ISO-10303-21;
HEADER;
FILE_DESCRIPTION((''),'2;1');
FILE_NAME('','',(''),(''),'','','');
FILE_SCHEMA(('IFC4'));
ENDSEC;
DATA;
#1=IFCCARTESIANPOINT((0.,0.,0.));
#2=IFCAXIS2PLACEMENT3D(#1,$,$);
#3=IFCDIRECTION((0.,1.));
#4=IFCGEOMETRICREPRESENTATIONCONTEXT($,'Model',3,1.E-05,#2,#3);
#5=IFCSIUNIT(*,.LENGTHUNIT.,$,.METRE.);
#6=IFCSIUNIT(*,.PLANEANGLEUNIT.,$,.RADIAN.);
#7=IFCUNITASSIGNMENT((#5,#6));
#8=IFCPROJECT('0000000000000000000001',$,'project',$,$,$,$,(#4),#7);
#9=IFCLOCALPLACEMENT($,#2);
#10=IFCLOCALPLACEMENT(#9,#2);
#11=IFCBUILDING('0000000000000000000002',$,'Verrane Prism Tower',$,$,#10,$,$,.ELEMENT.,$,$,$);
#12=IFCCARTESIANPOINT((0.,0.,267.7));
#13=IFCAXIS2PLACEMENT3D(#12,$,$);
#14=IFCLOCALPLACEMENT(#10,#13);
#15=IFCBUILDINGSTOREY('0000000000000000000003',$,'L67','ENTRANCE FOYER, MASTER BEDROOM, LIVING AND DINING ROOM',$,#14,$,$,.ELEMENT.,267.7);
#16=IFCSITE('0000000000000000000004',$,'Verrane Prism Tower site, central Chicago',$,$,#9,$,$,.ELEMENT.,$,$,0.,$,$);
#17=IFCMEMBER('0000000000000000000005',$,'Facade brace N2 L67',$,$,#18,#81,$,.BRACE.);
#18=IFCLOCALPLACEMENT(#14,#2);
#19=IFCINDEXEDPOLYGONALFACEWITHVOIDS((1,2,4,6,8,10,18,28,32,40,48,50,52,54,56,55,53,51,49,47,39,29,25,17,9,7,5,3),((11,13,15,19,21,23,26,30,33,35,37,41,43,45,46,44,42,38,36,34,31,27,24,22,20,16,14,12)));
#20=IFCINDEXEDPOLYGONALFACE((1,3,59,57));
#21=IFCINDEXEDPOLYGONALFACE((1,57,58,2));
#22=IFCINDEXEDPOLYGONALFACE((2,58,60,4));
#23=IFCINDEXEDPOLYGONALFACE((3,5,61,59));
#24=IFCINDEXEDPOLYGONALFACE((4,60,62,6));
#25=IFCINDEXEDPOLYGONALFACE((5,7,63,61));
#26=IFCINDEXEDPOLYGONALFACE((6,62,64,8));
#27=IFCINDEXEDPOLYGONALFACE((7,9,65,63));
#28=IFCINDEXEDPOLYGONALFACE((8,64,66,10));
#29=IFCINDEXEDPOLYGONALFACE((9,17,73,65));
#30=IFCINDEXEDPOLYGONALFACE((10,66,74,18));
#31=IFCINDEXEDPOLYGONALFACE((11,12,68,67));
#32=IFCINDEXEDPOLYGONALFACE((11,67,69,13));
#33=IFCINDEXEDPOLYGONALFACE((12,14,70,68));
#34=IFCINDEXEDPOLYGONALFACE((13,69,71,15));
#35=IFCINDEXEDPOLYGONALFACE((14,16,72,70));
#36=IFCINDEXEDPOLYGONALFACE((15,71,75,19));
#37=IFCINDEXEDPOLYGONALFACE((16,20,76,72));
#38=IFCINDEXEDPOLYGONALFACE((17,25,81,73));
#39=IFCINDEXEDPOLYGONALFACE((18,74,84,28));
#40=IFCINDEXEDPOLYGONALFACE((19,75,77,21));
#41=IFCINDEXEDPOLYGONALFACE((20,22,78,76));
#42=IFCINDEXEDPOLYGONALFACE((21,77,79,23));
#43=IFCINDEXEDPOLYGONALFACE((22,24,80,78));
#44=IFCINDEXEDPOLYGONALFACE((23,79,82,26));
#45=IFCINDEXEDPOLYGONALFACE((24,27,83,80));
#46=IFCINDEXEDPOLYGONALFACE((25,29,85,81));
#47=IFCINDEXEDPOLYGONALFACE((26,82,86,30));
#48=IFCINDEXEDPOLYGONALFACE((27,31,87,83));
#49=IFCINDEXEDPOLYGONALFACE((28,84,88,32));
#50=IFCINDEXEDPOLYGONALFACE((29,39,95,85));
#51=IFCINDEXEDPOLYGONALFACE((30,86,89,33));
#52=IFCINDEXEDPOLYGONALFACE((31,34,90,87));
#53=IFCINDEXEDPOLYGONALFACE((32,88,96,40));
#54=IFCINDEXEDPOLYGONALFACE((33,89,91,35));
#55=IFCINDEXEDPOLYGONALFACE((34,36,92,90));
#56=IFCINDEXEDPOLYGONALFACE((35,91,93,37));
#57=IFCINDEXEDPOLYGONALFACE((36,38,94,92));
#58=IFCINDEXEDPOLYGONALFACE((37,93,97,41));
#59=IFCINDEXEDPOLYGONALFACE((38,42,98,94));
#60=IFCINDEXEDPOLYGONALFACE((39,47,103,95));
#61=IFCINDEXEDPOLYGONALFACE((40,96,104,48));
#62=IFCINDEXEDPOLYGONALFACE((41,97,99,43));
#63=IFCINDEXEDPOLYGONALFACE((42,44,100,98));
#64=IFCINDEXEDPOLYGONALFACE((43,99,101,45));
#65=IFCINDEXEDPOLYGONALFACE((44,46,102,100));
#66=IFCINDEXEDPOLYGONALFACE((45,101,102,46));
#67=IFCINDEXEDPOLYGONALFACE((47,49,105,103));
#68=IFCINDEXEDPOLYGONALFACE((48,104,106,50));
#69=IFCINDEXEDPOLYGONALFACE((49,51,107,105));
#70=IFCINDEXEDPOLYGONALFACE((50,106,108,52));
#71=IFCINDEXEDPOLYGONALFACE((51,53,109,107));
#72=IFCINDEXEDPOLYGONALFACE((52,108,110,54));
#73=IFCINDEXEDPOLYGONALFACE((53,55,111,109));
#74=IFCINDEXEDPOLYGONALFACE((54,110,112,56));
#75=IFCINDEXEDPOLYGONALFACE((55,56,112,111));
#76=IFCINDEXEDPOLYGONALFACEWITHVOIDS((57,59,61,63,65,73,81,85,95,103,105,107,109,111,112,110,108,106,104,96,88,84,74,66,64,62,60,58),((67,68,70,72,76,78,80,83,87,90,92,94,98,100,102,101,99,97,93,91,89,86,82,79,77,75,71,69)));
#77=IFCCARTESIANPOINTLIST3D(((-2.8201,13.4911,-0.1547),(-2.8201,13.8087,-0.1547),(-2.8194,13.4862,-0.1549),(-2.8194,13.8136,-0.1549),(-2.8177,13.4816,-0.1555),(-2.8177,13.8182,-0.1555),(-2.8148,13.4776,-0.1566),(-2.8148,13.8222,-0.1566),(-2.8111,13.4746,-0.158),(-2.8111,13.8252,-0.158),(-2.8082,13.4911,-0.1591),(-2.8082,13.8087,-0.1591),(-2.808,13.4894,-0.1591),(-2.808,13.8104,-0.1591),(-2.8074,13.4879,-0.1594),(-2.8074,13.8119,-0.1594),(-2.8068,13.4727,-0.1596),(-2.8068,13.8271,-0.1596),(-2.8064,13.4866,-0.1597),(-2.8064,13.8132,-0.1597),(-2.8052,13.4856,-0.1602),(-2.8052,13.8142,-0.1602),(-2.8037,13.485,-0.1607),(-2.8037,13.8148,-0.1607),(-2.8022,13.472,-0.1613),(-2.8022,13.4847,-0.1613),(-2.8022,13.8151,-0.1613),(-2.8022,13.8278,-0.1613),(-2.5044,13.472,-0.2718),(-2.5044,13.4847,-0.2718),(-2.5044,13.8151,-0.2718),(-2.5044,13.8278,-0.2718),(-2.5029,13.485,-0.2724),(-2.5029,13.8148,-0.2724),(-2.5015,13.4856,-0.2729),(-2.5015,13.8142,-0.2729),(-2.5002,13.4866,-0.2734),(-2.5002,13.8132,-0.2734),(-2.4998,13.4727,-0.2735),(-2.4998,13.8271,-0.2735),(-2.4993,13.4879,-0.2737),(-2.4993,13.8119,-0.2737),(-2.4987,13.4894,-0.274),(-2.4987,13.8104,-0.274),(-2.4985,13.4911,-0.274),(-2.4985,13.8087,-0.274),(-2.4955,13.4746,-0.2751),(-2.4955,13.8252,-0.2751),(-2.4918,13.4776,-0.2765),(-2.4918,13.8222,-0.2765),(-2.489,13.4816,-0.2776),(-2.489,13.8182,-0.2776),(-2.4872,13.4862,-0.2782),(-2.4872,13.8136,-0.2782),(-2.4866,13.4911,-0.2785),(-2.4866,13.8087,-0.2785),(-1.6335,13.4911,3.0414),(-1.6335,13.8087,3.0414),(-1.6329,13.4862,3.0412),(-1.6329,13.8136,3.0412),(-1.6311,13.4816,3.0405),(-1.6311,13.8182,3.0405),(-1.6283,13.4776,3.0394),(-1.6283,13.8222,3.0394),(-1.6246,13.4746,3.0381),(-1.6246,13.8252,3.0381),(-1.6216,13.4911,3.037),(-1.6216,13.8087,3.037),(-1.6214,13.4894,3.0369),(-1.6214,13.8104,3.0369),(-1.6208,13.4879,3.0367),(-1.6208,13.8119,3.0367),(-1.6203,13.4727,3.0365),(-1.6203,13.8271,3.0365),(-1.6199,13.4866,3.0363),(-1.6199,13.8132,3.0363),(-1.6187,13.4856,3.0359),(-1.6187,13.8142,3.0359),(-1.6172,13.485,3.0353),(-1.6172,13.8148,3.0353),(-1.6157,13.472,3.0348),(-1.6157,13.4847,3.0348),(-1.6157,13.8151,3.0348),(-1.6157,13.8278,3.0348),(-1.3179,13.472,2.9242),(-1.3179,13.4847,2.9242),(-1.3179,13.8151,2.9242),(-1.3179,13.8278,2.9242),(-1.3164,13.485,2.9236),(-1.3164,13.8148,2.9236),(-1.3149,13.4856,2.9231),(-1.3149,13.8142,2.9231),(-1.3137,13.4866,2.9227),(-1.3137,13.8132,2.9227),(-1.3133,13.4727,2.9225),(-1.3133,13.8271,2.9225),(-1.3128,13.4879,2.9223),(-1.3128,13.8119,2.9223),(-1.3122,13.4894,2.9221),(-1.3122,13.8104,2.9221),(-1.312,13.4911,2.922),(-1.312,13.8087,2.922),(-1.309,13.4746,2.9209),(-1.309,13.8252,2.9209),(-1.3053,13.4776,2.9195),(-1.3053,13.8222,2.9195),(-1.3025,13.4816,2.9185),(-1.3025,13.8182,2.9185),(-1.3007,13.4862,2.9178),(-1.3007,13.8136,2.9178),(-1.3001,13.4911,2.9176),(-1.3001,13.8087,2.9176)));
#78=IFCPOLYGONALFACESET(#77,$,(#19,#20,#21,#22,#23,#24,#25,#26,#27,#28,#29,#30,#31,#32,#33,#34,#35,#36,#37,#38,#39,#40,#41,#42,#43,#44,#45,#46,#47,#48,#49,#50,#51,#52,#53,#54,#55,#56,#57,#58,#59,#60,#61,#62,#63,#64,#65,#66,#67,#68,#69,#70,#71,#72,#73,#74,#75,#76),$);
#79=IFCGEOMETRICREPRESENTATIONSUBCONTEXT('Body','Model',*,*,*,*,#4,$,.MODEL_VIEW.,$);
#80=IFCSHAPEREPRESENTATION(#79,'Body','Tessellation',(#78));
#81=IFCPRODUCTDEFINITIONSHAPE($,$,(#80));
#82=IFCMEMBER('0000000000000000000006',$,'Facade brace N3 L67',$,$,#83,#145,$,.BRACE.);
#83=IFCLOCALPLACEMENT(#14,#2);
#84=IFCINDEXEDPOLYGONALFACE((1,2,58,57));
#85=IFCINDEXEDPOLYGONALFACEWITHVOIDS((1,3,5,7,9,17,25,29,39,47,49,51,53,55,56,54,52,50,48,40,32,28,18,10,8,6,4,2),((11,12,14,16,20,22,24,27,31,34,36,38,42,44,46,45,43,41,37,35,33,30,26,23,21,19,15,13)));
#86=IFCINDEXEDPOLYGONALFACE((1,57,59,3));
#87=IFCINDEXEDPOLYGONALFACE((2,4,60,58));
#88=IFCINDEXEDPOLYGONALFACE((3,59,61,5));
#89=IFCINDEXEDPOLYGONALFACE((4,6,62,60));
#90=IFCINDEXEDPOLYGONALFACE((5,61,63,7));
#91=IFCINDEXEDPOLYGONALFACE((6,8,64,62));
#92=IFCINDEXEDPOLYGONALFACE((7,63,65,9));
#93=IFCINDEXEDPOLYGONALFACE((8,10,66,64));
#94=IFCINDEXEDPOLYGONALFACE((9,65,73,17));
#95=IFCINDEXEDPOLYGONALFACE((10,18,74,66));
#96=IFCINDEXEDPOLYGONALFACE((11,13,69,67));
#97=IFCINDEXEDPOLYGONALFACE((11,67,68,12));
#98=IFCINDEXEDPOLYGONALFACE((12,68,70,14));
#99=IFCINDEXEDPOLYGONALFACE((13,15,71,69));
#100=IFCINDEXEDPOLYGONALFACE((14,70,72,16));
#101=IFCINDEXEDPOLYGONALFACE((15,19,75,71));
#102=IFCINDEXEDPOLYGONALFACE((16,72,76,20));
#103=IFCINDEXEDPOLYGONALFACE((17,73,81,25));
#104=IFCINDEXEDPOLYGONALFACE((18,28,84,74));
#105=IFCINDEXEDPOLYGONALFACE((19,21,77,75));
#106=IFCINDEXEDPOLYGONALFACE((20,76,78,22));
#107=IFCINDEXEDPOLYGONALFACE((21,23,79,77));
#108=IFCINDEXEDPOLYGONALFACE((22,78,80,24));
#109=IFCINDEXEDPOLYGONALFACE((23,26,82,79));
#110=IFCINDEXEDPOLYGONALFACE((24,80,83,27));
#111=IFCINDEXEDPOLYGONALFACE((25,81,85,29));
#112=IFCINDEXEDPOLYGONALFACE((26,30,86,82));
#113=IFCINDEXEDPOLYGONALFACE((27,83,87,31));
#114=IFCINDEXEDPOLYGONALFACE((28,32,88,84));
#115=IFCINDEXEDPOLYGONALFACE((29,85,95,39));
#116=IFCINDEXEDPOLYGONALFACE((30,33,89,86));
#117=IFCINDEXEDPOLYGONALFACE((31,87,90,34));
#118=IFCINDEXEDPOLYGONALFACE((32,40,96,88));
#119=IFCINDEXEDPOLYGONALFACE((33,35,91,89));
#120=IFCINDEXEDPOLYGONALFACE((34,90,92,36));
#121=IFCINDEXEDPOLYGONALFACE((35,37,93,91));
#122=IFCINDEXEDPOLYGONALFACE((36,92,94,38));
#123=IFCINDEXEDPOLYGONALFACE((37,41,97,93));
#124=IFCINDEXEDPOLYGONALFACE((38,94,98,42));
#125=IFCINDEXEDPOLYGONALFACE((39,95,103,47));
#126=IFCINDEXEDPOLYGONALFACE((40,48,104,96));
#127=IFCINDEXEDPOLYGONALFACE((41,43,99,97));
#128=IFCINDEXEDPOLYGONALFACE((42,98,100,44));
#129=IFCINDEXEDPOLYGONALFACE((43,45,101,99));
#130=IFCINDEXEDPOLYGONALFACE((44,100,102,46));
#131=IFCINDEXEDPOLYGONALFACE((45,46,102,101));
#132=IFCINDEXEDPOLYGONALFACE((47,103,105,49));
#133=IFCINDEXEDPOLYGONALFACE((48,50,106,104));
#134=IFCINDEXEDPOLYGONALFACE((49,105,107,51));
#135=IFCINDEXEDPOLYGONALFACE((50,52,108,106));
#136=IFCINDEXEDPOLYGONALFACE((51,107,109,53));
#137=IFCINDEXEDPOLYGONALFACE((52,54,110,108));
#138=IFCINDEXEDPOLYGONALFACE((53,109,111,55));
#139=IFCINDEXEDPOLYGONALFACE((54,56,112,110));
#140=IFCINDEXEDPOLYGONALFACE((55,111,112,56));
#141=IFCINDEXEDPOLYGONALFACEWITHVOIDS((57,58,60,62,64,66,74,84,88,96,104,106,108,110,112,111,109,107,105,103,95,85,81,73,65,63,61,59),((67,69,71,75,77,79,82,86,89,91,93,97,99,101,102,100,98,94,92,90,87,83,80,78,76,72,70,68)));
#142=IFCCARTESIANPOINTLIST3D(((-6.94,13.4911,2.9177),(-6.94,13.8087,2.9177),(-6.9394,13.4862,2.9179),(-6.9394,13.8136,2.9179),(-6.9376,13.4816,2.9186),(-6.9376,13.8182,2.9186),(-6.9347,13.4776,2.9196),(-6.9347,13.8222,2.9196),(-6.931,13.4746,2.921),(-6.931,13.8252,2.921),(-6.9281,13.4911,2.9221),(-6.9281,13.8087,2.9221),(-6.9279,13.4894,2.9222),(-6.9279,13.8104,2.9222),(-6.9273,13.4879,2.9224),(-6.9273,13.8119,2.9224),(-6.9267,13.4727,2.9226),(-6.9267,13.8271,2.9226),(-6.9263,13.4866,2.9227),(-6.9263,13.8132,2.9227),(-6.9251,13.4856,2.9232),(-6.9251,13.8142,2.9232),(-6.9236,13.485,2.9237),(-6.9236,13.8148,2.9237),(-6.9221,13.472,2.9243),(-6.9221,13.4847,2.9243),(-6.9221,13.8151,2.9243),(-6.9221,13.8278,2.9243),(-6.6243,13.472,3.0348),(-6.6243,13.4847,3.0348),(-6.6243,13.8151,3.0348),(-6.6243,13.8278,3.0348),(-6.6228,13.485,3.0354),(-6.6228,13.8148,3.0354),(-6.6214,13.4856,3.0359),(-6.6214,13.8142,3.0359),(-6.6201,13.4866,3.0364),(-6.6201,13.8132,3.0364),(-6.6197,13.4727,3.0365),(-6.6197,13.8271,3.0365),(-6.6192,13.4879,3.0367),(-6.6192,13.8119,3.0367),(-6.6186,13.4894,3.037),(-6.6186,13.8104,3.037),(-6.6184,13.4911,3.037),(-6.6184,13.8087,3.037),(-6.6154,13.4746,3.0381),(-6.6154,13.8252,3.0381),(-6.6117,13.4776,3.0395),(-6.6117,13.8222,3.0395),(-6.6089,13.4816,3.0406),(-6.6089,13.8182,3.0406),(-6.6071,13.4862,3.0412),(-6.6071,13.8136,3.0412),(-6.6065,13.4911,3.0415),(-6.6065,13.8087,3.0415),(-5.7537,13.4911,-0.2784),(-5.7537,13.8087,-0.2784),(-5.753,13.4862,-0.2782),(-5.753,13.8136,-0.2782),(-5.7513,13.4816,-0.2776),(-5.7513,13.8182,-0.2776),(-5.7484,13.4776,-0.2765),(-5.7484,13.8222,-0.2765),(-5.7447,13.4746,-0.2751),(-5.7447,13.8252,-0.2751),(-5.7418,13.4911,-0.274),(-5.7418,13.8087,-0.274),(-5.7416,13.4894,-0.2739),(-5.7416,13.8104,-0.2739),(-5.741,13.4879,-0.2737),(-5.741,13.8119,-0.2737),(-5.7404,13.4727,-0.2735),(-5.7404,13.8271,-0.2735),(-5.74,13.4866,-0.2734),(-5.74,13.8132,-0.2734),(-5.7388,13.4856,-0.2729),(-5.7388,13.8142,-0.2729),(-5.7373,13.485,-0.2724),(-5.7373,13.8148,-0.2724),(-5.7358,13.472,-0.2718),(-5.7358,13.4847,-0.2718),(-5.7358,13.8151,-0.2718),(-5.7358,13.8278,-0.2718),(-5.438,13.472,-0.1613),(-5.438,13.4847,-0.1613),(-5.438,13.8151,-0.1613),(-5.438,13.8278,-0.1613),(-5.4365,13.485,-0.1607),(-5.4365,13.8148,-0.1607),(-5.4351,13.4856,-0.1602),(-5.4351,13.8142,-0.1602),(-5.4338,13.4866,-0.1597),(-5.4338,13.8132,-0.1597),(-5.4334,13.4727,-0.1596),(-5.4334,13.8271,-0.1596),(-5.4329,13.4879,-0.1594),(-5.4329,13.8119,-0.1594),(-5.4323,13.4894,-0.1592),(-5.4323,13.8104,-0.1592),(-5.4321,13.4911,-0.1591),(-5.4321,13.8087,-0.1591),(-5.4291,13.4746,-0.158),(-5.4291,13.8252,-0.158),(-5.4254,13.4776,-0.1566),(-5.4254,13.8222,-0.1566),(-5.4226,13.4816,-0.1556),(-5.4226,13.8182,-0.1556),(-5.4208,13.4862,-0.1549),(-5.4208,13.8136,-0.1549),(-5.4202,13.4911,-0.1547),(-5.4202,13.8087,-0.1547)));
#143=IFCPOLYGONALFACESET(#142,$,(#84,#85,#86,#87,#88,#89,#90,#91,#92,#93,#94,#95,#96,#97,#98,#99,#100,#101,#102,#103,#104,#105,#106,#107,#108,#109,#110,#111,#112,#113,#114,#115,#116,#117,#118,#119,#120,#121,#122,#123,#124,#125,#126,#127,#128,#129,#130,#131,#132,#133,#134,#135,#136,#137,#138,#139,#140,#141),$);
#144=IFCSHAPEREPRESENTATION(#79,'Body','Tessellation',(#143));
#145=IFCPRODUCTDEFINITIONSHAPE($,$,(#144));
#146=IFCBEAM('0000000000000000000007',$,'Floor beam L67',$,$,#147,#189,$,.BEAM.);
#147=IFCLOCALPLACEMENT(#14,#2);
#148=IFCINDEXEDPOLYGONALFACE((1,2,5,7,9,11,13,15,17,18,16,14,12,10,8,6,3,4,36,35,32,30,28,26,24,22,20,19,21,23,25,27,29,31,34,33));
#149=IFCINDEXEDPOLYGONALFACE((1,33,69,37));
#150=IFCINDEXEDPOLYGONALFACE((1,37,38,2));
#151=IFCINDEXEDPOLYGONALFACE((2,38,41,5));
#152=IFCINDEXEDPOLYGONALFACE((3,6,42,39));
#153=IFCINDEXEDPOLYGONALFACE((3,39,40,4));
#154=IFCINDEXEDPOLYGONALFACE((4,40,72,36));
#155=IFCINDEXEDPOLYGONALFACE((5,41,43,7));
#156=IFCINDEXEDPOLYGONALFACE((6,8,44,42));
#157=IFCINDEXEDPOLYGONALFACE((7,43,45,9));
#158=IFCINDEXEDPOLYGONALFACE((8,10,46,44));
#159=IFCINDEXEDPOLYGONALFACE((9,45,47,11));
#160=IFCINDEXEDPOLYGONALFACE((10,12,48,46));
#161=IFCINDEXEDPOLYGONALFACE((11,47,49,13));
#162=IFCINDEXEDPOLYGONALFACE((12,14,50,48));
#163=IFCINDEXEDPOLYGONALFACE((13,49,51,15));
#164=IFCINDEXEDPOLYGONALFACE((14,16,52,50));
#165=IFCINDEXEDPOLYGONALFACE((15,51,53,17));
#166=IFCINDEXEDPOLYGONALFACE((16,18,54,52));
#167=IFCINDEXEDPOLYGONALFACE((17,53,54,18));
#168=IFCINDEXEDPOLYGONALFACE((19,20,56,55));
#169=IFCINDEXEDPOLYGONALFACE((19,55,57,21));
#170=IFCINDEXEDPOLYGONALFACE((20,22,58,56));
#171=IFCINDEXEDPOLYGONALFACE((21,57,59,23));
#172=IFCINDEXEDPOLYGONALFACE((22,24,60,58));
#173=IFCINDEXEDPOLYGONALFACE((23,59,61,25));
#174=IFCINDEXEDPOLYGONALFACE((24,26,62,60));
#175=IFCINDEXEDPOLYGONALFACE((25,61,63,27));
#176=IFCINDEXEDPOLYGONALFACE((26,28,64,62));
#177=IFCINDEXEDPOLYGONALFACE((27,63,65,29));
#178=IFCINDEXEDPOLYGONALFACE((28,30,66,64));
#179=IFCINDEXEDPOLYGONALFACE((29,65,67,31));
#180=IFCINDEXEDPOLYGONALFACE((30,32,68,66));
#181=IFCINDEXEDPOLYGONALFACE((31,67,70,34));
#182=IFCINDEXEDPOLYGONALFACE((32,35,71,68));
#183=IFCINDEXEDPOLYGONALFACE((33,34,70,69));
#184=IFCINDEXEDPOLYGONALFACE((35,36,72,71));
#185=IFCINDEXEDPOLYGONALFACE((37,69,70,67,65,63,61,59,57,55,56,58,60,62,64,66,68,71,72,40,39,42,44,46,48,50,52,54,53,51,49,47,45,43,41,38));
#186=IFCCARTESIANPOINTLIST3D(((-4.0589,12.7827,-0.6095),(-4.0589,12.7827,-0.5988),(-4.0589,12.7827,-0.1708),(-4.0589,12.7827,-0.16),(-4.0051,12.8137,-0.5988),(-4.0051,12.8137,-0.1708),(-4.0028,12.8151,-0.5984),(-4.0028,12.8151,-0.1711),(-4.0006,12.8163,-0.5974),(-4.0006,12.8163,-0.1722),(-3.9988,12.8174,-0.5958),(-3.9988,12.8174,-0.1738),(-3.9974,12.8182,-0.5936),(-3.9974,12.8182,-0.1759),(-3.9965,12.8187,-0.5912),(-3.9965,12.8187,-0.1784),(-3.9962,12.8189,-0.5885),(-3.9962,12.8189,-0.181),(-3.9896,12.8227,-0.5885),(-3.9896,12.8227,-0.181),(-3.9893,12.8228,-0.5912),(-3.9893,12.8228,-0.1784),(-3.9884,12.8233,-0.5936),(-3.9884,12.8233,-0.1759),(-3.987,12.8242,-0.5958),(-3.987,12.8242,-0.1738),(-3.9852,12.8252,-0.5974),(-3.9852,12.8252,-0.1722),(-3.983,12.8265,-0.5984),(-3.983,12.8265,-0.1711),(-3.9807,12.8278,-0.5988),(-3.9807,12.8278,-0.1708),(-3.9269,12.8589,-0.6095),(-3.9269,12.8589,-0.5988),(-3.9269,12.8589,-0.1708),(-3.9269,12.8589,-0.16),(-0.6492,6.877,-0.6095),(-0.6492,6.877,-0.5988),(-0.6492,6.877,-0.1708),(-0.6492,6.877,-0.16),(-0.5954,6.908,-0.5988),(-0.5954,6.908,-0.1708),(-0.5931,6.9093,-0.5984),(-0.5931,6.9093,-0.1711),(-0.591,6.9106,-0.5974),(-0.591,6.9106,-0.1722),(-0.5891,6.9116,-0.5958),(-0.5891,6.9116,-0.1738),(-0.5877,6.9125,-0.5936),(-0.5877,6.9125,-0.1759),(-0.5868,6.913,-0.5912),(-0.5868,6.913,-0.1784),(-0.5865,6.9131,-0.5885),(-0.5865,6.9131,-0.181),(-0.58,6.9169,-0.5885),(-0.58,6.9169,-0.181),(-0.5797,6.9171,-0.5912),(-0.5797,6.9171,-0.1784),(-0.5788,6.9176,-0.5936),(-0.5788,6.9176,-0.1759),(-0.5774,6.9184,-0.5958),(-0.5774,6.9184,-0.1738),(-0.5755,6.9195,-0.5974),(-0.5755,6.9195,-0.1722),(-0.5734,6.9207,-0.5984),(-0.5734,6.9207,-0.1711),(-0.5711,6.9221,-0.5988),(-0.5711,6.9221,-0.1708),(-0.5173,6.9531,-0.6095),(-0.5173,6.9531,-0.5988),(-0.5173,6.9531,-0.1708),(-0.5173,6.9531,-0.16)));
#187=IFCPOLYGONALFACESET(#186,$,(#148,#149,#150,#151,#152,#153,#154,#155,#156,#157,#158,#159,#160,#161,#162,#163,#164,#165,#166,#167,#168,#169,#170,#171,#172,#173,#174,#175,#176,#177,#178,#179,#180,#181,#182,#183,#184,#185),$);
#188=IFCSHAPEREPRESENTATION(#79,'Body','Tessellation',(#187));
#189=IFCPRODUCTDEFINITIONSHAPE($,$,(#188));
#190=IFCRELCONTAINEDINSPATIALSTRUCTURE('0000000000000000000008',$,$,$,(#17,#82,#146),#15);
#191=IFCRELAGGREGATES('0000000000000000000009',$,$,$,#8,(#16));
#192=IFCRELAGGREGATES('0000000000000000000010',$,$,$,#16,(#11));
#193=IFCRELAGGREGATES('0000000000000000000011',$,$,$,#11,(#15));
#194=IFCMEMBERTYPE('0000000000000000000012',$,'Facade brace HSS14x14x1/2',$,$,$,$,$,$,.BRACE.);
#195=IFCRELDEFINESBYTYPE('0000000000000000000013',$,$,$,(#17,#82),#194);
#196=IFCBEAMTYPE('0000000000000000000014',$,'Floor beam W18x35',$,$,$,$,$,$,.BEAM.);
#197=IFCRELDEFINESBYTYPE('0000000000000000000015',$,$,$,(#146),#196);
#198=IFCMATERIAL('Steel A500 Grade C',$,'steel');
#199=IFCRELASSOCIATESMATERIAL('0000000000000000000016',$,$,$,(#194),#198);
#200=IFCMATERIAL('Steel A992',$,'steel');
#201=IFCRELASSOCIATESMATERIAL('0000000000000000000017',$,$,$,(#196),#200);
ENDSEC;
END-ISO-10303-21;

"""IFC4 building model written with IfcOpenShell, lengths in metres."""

from ifc_helpers import new_model, si_unit, direction, frame, origin, origin_2d, place, context, subcontext, project, spatial, hollow_rectangle, i_section, extrude, material, material_profile, profile_set, type_object, element, save


model = new_model("IFC4")

# Units and contexts
model_context = context("Model", 3, precision=1e-05, world=origin(), true_north=direction((0.0, 1.0)))
body_context = subcontext(model_context, "Body", "Model", "MODEL_VIEW")
ifc_project = project(units=[si_unit("LENGTHUNIT", "METRE"), si_unit("PLANEANGLEUNIT", "RADIAN")], contexts=[model_context])

# Site, building, storey
site_placement = place(None, origin())
site = spatial("IfcSite", under=ifc_project, at=site_placement, Name="Verrane Prism Tower site, central Chicago", CompositionType="ELEMENT", RefElevation=0.0)
building_placement = place(site_placement, origin())
building = spatial("IfcBuilding", under=site, at=building_placement, Name="Verrane Prism Tower", CompositionType="ELEMENT")
storey_placement = place(building_placement, frame((0.0, 0.0, 267.7)))
storey = spatial("IfcBuildingStorey", under=building, at=storey_placement, Name="L67", Description="ENTRANCE FOYER, MASTER BEDROOM, LIVING AND DINING ROOM", CompositionType="ELEMENT", Elevation=267.7)

# Members
ifc_material_1 = material(Name="Steel A500 Grade C", Category="steel")
ifc_material_profile_1 = material_profile(ifc_material_1, hollow_rectangle(XDim=0.3557, YDim=0.3557, WallThickness=0.0127, InnerFilletRadius=0.0063, OuterFilletRadius=0.019, at=origin_2d()), Name="HSS14x14x1/2")
ifc_profile_set_1 = profile_set([ifc_material_profile_1], Name="Steel A500 Grade C")
member_type_1 = type_object("IfcMemberType", Name="Facade brace HSS14x14x1/2", PredefinedType="BRACE", material=ifc_profile_set_1)
for number, where, z_axis, x_axis, name in (
    (1, (-2.6533, 13.6499, -0.2166), (0.348037, 0.0, 0.937481), (0.0, 1.0, 0.0), "Facade brace N2 L67"),
    (2, (-5.5869, 13.6499, -0.2166), (-0.347974, 0.0, 0.937504), (0.0, -1.0, 0.0), "Facade brace N3 L67"),
):
    element("IfcMember", number, at=place(storey_placement, frame(where, z_axis=z_axis, x_axis=x_axis)), inside=storey, type_object=member_type_1, Name=name, PredefinedType="BRACE", context=body_context, shape_type="SweptSolid", body=[
        extrude(hollow_rectangle(XDim=0.3557, YDim=0.3557, WallThickness=0.0127, InnerFilletRadius=0.0063, OuterFilletRadius=0.019, at=origin_2d()), origin(), (0.0, 0.0, 1.0), 3.4092),
    ])

# Beam
ifc_material_2 = material(Name="Steel A992", Category="steel")
ifc_material_profile_2 = material_profile(ifc_material_2, i_section(OverallWidth=0.1523, OverallDepth=0.4495, WebThickness=0.0076, FlangeThickness=0.0107, FilletRadius=0.0103, at=origin_2d()), Name="W18x35")
ifc_profile_set_2 = profile_set([ifc_material_profile_2], Name="Steel A992")
beam_type_1 = type_object("IfcBeamType", Name="Floor beam W18x35", PredefinedType="BEAM", material=ifc_profile_set_2)
beam_1_placement = place(storey_placement, frame((-0.5833, 6.915, -0.3848), z_axis=(-0.499997, 0.866027, 0.0), x_axis=(-0.866027, -0.499997, 0.0)))
element("IfcBeam", 3, at=beam_1_placement, inside=storey, type_object=beam_type_1, Name="Floor beam L67", PredefinedType="BEAM", context=body_context, shape_type="SweptSolid", body=[
    extrude(i_section(OverallWidth=0.1523, OverallDepth=0.4495, WebThickness=0.0076, FlangeThickness=0.0107, FilletRadius=0.0103, at=origin_2d()), origin(), (0.0, 0.0, 1.0), 6.8193),
])

save(model, "model.ifc")
